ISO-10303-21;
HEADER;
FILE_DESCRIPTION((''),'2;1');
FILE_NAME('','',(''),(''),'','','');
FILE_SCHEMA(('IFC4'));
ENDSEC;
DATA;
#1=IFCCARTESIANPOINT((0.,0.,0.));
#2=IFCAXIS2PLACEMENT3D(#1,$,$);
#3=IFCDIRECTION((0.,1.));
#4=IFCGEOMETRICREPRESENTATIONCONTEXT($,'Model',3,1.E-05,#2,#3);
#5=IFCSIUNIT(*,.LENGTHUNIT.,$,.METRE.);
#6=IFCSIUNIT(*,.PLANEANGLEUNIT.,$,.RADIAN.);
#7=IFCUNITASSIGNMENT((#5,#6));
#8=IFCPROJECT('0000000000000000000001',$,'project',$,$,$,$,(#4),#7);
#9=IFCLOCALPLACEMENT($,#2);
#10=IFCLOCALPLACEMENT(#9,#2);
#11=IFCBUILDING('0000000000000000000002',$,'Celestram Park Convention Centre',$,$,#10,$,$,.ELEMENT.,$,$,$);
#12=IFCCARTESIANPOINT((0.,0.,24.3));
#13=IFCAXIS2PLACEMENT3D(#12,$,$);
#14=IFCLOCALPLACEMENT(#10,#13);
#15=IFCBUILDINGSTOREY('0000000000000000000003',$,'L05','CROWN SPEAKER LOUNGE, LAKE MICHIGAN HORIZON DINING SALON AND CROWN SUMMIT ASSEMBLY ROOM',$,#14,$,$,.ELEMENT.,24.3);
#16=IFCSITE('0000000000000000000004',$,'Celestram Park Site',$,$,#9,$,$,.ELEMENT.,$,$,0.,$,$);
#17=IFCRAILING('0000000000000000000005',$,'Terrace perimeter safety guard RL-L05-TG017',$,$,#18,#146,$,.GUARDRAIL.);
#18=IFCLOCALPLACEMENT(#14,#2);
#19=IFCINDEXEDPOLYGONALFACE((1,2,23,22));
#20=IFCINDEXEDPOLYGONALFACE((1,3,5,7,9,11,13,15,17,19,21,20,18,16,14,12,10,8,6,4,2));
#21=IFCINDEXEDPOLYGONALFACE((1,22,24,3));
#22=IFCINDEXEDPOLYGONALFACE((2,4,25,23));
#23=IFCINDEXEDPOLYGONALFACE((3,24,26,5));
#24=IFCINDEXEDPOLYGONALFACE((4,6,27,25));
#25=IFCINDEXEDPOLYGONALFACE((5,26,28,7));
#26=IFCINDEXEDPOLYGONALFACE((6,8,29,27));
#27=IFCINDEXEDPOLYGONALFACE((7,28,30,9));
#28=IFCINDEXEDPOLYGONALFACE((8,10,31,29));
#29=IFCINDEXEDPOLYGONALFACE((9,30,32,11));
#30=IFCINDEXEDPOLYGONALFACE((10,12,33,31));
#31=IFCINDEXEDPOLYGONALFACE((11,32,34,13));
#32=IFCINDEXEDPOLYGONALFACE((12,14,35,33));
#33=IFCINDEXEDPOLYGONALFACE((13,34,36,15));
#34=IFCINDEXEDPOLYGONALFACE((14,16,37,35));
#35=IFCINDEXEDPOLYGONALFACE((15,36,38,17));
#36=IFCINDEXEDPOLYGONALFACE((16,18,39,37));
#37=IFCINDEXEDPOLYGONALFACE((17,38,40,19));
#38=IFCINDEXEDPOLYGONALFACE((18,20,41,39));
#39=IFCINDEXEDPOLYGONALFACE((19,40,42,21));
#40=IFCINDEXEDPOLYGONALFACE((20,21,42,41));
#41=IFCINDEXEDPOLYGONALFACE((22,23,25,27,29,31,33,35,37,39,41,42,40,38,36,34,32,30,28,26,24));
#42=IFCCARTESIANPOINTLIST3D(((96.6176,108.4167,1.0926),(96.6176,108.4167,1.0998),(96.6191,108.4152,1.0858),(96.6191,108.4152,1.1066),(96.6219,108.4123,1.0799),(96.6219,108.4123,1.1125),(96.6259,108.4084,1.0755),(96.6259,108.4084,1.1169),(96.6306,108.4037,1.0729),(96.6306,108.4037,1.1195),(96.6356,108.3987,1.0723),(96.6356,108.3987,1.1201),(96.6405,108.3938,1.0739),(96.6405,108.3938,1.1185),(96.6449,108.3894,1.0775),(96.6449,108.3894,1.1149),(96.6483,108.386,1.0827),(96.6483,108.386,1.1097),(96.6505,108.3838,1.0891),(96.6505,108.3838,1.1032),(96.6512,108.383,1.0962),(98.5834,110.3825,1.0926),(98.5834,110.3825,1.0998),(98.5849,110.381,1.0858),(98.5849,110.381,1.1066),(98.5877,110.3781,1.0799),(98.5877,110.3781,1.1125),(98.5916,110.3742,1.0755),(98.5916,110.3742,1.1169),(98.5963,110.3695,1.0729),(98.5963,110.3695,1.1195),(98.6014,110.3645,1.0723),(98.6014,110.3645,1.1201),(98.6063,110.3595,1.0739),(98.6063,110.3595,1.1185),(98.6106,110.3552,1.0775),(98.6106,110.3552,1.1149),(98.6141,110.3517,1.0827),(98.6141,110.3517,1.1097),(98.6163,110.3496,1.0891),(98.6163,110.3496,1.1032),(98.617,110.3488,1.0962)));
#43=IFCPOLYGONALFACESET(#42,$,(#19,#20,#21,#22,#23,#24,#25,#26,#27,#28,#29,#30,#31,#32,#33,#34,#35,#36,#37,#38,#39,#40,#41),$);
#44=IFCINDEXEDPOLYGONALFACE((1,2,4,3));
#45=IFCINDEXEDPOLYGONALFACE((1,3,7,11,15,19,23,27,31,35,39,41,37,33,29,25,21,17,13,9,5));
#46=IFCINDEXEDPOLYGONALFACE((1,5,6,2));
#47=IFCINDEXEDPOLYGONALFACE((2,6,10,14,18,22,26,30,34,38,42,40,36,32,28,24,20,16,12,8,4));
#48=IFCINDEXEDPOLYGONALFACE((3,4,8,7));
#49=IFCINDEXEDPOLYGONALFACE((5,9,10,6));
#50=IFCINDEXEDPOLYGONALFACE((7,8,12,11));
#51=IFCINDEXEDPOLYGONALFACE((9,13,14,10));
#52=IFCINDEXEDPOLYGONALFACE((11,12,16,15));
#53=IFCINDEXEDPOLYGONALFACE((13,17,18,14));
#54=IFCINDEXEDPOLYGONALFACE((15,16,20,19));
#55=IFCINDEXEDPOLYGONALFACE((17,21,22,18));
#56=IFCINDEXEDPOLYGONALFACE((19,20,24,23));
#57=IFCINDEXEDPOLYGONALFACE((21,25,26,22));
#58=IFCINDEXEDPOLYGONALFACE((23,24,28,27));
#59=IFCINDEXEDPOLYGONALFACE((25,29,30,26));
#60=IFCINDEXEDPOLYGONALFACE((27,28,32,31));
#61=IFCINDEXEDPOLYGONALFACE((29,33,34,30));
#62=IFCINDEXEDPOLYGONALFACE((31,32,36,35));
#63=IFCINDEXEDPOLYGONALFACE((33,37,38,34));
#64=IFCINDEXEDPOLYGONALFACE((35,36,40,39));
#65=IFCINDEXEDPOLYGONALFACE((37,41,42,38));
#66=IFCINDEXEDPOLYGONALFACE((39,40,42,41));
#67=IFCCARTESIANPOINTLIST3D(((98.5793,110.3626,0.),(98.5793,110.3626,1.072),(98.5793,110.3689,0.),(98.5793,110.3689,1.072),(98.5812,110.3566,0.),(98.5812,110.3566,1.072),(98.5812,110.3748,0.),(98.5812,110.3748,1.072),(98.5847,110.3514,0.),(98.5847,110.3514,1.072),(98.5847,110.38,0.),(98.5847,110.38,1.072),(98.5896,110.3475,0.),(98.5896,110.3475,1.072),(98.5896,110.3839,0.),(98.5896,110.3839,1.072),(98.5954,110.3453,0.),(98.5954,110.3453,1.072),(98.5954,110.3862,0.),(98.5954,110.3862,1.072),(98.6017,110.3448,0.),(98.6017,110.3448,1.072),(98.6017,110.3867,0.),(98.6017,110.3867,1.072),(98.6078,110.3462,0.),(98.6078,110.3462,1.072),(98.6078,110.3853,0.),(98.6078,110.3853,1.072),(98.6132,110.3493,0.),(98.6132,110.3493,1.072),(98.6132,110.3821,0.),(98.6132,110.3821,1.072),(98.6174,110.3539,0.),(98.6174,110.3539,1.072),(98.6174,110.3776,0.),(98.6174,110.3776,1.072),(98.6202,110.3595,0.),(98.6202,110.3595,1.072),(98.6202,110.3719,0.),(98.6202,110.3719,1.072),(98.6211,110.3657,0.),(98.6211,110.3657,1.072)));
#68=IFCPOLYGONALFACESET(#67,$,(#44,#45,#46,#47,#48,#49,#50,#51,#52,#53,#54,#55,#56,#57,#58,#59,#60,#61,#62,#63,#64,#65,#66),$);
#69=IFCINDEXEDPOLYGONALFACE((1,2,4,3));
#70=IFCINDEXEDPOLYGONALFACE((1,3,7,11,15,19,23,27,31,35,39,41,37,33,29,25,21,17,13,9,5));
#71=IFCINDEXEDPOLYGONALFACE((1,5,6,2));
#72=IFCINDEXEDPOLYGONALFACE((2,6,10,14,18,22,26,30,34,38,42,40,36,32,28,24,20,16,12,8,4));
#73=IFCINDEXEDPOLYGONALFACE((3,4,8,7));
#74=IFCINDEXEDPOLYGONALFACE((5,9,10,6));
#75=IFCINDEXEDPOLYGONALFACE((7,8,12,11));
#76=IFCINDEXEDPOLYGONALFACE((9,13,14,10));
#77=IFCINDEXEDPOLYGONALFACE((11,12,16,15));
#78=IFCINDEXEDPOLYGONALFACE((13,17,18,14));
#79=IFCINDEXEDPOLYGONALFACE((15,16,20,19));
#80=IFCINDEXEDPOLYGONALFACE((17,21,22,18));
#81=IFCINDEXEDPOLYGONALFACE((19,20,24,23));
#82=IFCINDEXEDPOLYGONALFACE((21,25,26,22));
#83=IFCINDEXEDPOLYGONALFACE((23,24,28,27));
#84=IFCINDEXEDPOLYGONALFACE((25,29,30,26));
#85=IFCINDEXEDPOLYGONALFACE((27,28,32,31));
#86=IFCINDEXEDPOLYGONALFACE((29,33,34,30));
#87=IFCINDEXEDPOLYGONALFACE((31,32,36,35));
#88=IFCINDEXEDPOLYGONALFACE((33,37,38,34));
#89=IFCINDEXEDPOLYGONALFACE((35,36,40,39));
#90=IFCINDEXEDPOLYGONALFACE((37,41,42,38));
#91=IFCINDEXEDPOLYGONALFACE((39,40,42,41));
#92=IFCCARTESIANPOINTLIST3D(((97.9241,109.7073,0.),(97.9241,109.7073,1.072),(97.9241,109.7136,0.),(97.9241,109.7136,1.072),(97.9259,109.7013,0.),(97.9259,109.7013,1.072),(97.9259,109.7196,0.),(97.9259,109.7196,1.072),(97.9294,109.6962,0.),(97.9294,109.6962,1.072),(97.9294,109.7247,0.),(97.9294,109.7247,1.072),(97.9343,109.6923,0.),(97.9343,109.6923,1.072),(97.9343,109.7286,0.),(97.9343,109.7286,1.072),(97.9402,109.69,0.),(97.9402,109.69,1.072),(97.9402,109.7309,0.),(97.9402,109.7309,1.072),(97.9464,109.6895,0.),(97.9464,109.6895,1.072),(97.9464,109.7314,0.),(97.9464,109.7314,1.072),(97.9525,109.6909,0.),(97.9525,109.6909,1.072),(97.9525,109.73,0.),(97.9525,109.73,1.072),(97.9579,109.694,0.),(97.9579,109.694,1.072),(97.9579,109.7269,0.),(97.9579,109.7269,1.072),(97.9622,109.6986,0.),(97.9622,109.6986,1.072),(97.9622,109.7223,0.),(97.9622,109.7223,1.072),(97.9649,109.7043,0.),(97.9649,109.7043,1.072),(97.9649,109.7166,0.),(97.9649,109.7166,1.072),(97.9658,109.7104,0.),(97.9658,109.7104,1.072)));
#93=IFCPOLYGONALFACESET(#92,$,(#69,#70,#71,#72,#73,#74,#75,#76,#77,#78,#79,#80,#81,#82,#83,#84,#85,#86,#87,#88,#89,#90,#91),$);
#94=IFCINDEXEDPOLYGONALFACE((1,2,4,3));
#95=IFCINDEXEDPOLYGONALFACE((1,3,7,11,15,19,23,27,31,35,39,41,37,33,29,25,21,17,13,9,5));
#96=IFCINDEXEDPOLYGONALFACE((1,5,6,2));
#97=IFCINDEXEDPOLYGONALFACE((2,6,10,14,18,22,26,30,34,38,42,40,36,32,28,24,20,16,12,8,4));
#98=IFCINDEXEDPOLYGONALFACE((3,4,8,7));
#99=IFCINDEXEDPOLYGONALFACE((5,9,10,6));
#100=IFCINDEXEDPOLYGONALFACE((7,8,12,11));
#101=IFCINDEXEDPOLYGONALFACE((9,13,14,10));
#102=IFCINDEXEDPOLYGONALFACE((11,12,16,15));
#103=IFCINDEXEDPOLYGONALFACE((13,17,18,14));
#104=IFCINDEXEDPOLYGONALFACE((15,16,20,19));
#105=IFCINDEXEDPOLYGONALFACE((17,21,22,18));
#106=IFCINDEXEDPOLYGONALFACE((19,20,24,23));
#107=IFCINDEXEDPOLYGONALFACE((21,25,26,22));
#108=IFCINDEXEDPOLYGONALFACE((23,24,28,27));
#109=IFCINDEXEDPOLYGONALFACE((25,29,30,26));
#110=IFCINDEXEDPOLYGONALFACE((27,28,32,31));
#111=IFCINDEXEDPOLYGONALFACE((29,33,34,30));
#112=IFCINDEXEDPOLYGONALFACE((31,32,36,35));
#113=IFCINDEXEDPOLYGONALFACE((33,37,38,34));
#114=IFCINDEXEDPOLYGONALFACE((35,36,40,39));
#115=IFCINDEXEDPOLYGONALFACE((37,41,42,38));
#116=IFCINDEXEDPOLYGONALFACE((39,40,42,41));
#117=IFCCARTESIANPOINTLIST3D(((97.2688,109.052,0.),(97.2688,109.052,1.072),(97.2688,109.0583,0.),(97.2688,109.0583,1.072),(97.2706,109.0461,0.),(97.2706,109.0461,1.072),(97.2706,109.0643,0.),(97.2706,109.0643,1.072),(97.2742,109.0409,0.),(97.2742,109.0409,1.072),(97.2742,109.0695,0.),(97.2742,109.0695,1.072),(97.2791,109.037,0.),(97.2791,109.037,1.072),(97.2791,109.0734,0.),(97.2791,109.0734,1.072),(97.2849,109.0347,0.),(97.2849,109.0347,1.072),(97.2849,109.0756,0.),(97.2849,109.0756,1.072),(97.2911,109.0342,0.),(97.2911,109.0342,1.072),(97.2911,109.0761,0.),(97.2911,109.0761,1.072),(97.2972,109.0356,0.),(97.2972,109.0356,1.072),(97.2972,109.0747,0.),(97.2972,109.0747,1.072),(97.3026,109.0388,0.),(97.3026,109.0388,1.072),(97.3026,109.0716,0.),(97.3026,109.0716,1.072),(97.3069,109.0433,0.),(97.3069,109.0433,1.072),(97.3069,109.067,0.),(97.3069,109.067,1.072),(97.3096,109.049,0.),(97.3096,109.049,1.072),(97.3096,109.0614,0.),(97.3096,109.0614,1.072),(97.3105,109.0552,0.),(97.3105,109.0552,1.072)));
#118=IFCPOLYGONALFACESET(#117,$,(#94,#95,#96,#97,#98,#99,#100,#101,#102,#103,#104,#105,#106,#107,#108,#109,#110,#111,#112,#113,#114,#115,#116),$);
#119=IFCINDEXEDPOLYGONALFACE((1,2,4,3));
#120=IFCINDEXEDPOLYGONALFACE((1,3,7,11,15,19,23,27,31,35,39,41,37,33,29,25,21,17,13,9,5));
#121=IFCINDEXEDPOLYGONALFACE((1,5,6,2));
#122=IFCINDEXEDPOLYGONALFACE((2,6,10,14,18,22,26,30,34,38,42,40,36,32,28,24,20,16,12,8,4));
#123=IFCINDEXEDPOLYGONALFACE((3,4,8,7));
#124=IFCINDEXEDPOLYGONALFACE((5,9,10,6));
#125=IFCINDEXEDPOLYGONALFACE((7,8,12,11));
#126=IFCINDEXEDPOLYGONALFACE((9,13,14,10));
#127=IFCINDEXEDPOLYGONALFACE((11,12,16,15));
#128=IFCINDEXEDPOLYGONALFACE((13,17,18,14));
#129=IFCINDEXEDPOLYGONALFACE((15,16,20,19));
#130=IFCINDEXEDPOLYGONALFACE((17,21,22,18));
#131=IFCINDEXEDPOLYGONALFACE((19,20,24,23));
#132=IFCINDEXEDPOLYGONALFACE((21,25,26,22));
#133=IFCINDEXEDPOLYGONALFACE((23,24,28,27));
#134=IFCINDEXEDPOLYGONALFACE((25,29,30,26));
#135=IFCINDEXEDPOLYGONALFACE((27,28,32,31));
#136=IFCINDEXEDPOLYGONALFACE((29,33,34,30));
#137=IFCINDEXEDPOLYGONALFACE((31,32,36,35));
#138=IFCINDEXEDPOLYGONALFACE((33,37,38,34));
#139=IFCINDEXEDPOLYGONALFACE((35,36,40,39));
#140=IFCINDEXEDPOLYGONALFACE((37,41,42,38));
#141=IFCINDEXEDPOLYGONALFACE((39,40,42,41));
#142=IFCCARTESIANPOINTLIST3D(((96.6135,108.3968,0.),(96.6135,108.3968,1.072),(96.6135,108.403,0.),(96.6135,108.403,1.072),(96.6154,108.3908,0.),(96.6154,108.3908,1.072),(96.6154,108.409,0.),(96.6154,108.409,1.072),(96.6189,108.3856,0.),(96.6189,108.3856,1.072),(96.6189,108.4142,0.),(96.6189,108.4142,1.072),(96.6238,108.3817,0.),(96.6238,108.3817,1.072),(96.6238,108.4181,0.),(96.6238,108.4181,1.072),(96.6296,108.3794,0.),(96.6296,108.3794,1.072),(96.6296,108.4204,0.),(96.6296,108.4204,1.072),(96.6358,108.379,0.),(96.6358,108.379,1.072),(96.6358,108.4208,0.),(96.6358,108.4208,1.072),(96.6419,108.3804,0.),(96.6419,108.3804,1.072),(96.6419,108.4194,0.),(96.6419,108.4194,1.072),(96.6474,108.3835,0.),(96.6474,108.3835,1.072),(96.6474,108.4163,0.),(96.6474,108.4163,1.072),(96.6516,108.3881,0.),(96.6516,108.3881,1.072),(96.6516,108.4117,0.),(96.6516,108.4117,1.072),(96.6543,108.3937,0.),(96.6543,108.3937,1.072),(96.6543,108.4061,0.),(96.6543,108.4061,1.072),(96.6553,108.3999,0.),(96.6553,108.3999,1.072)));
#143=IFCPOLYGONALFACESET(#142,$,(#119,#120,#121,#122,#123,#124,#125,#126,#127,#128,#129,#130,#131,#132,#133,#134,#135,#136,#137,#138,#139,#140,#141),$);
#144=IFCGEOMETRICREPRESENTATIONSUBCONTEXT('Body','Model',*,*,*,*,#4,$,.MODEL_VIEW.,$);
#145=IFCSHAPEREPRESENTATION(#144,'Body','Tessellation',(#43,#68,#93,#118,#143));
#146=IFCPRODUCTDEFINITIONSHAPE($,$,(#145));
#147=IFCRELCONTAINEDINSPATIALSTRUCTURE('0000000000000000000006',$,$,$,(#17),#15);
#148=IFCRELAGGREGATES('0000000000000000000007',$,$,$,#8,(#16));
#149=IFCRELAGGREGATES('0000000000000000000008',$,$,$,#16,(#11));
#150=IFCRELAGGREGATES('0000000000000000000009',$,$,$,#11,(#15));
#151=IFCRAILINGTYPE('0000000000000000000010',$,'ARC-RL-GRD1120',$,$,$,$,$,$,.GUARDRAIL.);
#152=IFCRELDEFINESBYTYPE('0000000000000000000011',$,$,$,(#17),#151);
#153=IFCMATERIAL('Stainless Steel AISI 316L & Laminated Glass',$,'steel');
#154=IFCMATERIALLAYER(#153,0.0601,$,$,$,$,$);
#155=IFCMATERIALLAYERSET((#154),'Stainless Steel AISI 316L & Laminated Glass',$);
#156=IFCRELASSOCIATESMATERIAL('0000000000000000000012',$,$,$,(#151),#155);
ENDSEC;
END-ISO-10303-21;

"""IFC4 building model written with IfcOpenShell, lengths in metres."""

from ifc_helpers import new_model, si_unit, direction, frame, origin, origin_2d, place, context, subcontext, project, spatial, circle, extrude, material, layer, layer_set, type_object, element, save


model = new_model("IFC4")

# Units and contexts
model_context = context("Model", 3, precision=1e-05, world=origin(), true_north=direction((0.0, 1.0)))
body_context = subcontext(model_context, "Body", "Model", "MODEL_VIEW")
ifc_project = project(units=[si_unit("LENGTHUNIT", "METRE"), si_unit("PLANEANGLEUNIT", "RADIAN")], contexts=[model_context])

# Site, building, storey
site_placement = place(None, origin())
site = spatial("IfcSite", under=ifc_project, at=site_placement, Name="Celestram Park Site", CompositionType="ELEMENT", RefElevation=0.0)
building_placement = place(site_placement, origin())
building = spatial("IfcBuilding", under=site, at=building_placement, Name="Celestram Park Convention Centre", CompositionType="ELEMENT")
storey_placement = place(building_placement, frame((0.0, 0.0, 24.3)))
storey = spatial("IfcBuildingStorey", under=building, at=storey_placement, Name="L05", Description="CROWN SPEAKER LOUNGE, LAKE MICHIGAN HORIZON DINING SALON AND CROWN SUMMIT ASSEMBLY ROOM", CompositionType="ELEMENT", Elevation=24.3)

# Railing
ifc_material_1 = material(Name="Stainless Steel AISI 316L & Laminated Glass", Category="steel")
ifc_layer_1 = layer(ifc_material_1, 0.0601)
ifc_layer_set_1 = layer_set([ifc_layer_1], Name="Stainless Steel AISI 316L & Laminated Glass")
railing_type = type_object("IfcRailingType", Name="ARC-RL-GRD1120", PredefinedType="GUARDRAIL", material=ifc_layer_set_1)
railing_1_placement = place(storey_placement, frame((98.6001, 110.3657, 0.0)))
element("IfcRailing", 1, at=railing_1_placement, inside=storey, type_object=railing_type, Name="Terrace perimeter safety guard RL-L05-TG017", PredefinedType="GUARDRAIL", context=body_context, shape_type="SweptSolid", body=[
    extrude(circle(Radius=0.0239, at=origin_2d()), frame((0.0, 0.0, 1.0962), z_axis=(-0.707107, -0.707107, 0.0), x_axis=(0.707107, -0.707107, 0.0)), (0.0, 0.0, 1.0), 2.78),
    extrude(circle(Radius=0.021, at=origin_2d()), origin(), (0.0, 0.0, 1.0), 1.072),
    extrude(circle(Radius=0.021, at=origin_2d()), frame((-0.6553, -0.6553, 0.0)), (0.0, 0.0, 1.0), 1.072),
    extrude(circle(Radius=0.021, at=origin_2d()), frame((-1.3105, -1.3105, 0.0)), (0.0, 0.0, 1.0), 1.072),
    extrude(circle(Radius=0.021, at=origin_2d()), frame((-1.9658, -1.9658, 0.0)), (0.0, 0.0, 1.0), 1.072),
])

save(model, "model.ifc")
